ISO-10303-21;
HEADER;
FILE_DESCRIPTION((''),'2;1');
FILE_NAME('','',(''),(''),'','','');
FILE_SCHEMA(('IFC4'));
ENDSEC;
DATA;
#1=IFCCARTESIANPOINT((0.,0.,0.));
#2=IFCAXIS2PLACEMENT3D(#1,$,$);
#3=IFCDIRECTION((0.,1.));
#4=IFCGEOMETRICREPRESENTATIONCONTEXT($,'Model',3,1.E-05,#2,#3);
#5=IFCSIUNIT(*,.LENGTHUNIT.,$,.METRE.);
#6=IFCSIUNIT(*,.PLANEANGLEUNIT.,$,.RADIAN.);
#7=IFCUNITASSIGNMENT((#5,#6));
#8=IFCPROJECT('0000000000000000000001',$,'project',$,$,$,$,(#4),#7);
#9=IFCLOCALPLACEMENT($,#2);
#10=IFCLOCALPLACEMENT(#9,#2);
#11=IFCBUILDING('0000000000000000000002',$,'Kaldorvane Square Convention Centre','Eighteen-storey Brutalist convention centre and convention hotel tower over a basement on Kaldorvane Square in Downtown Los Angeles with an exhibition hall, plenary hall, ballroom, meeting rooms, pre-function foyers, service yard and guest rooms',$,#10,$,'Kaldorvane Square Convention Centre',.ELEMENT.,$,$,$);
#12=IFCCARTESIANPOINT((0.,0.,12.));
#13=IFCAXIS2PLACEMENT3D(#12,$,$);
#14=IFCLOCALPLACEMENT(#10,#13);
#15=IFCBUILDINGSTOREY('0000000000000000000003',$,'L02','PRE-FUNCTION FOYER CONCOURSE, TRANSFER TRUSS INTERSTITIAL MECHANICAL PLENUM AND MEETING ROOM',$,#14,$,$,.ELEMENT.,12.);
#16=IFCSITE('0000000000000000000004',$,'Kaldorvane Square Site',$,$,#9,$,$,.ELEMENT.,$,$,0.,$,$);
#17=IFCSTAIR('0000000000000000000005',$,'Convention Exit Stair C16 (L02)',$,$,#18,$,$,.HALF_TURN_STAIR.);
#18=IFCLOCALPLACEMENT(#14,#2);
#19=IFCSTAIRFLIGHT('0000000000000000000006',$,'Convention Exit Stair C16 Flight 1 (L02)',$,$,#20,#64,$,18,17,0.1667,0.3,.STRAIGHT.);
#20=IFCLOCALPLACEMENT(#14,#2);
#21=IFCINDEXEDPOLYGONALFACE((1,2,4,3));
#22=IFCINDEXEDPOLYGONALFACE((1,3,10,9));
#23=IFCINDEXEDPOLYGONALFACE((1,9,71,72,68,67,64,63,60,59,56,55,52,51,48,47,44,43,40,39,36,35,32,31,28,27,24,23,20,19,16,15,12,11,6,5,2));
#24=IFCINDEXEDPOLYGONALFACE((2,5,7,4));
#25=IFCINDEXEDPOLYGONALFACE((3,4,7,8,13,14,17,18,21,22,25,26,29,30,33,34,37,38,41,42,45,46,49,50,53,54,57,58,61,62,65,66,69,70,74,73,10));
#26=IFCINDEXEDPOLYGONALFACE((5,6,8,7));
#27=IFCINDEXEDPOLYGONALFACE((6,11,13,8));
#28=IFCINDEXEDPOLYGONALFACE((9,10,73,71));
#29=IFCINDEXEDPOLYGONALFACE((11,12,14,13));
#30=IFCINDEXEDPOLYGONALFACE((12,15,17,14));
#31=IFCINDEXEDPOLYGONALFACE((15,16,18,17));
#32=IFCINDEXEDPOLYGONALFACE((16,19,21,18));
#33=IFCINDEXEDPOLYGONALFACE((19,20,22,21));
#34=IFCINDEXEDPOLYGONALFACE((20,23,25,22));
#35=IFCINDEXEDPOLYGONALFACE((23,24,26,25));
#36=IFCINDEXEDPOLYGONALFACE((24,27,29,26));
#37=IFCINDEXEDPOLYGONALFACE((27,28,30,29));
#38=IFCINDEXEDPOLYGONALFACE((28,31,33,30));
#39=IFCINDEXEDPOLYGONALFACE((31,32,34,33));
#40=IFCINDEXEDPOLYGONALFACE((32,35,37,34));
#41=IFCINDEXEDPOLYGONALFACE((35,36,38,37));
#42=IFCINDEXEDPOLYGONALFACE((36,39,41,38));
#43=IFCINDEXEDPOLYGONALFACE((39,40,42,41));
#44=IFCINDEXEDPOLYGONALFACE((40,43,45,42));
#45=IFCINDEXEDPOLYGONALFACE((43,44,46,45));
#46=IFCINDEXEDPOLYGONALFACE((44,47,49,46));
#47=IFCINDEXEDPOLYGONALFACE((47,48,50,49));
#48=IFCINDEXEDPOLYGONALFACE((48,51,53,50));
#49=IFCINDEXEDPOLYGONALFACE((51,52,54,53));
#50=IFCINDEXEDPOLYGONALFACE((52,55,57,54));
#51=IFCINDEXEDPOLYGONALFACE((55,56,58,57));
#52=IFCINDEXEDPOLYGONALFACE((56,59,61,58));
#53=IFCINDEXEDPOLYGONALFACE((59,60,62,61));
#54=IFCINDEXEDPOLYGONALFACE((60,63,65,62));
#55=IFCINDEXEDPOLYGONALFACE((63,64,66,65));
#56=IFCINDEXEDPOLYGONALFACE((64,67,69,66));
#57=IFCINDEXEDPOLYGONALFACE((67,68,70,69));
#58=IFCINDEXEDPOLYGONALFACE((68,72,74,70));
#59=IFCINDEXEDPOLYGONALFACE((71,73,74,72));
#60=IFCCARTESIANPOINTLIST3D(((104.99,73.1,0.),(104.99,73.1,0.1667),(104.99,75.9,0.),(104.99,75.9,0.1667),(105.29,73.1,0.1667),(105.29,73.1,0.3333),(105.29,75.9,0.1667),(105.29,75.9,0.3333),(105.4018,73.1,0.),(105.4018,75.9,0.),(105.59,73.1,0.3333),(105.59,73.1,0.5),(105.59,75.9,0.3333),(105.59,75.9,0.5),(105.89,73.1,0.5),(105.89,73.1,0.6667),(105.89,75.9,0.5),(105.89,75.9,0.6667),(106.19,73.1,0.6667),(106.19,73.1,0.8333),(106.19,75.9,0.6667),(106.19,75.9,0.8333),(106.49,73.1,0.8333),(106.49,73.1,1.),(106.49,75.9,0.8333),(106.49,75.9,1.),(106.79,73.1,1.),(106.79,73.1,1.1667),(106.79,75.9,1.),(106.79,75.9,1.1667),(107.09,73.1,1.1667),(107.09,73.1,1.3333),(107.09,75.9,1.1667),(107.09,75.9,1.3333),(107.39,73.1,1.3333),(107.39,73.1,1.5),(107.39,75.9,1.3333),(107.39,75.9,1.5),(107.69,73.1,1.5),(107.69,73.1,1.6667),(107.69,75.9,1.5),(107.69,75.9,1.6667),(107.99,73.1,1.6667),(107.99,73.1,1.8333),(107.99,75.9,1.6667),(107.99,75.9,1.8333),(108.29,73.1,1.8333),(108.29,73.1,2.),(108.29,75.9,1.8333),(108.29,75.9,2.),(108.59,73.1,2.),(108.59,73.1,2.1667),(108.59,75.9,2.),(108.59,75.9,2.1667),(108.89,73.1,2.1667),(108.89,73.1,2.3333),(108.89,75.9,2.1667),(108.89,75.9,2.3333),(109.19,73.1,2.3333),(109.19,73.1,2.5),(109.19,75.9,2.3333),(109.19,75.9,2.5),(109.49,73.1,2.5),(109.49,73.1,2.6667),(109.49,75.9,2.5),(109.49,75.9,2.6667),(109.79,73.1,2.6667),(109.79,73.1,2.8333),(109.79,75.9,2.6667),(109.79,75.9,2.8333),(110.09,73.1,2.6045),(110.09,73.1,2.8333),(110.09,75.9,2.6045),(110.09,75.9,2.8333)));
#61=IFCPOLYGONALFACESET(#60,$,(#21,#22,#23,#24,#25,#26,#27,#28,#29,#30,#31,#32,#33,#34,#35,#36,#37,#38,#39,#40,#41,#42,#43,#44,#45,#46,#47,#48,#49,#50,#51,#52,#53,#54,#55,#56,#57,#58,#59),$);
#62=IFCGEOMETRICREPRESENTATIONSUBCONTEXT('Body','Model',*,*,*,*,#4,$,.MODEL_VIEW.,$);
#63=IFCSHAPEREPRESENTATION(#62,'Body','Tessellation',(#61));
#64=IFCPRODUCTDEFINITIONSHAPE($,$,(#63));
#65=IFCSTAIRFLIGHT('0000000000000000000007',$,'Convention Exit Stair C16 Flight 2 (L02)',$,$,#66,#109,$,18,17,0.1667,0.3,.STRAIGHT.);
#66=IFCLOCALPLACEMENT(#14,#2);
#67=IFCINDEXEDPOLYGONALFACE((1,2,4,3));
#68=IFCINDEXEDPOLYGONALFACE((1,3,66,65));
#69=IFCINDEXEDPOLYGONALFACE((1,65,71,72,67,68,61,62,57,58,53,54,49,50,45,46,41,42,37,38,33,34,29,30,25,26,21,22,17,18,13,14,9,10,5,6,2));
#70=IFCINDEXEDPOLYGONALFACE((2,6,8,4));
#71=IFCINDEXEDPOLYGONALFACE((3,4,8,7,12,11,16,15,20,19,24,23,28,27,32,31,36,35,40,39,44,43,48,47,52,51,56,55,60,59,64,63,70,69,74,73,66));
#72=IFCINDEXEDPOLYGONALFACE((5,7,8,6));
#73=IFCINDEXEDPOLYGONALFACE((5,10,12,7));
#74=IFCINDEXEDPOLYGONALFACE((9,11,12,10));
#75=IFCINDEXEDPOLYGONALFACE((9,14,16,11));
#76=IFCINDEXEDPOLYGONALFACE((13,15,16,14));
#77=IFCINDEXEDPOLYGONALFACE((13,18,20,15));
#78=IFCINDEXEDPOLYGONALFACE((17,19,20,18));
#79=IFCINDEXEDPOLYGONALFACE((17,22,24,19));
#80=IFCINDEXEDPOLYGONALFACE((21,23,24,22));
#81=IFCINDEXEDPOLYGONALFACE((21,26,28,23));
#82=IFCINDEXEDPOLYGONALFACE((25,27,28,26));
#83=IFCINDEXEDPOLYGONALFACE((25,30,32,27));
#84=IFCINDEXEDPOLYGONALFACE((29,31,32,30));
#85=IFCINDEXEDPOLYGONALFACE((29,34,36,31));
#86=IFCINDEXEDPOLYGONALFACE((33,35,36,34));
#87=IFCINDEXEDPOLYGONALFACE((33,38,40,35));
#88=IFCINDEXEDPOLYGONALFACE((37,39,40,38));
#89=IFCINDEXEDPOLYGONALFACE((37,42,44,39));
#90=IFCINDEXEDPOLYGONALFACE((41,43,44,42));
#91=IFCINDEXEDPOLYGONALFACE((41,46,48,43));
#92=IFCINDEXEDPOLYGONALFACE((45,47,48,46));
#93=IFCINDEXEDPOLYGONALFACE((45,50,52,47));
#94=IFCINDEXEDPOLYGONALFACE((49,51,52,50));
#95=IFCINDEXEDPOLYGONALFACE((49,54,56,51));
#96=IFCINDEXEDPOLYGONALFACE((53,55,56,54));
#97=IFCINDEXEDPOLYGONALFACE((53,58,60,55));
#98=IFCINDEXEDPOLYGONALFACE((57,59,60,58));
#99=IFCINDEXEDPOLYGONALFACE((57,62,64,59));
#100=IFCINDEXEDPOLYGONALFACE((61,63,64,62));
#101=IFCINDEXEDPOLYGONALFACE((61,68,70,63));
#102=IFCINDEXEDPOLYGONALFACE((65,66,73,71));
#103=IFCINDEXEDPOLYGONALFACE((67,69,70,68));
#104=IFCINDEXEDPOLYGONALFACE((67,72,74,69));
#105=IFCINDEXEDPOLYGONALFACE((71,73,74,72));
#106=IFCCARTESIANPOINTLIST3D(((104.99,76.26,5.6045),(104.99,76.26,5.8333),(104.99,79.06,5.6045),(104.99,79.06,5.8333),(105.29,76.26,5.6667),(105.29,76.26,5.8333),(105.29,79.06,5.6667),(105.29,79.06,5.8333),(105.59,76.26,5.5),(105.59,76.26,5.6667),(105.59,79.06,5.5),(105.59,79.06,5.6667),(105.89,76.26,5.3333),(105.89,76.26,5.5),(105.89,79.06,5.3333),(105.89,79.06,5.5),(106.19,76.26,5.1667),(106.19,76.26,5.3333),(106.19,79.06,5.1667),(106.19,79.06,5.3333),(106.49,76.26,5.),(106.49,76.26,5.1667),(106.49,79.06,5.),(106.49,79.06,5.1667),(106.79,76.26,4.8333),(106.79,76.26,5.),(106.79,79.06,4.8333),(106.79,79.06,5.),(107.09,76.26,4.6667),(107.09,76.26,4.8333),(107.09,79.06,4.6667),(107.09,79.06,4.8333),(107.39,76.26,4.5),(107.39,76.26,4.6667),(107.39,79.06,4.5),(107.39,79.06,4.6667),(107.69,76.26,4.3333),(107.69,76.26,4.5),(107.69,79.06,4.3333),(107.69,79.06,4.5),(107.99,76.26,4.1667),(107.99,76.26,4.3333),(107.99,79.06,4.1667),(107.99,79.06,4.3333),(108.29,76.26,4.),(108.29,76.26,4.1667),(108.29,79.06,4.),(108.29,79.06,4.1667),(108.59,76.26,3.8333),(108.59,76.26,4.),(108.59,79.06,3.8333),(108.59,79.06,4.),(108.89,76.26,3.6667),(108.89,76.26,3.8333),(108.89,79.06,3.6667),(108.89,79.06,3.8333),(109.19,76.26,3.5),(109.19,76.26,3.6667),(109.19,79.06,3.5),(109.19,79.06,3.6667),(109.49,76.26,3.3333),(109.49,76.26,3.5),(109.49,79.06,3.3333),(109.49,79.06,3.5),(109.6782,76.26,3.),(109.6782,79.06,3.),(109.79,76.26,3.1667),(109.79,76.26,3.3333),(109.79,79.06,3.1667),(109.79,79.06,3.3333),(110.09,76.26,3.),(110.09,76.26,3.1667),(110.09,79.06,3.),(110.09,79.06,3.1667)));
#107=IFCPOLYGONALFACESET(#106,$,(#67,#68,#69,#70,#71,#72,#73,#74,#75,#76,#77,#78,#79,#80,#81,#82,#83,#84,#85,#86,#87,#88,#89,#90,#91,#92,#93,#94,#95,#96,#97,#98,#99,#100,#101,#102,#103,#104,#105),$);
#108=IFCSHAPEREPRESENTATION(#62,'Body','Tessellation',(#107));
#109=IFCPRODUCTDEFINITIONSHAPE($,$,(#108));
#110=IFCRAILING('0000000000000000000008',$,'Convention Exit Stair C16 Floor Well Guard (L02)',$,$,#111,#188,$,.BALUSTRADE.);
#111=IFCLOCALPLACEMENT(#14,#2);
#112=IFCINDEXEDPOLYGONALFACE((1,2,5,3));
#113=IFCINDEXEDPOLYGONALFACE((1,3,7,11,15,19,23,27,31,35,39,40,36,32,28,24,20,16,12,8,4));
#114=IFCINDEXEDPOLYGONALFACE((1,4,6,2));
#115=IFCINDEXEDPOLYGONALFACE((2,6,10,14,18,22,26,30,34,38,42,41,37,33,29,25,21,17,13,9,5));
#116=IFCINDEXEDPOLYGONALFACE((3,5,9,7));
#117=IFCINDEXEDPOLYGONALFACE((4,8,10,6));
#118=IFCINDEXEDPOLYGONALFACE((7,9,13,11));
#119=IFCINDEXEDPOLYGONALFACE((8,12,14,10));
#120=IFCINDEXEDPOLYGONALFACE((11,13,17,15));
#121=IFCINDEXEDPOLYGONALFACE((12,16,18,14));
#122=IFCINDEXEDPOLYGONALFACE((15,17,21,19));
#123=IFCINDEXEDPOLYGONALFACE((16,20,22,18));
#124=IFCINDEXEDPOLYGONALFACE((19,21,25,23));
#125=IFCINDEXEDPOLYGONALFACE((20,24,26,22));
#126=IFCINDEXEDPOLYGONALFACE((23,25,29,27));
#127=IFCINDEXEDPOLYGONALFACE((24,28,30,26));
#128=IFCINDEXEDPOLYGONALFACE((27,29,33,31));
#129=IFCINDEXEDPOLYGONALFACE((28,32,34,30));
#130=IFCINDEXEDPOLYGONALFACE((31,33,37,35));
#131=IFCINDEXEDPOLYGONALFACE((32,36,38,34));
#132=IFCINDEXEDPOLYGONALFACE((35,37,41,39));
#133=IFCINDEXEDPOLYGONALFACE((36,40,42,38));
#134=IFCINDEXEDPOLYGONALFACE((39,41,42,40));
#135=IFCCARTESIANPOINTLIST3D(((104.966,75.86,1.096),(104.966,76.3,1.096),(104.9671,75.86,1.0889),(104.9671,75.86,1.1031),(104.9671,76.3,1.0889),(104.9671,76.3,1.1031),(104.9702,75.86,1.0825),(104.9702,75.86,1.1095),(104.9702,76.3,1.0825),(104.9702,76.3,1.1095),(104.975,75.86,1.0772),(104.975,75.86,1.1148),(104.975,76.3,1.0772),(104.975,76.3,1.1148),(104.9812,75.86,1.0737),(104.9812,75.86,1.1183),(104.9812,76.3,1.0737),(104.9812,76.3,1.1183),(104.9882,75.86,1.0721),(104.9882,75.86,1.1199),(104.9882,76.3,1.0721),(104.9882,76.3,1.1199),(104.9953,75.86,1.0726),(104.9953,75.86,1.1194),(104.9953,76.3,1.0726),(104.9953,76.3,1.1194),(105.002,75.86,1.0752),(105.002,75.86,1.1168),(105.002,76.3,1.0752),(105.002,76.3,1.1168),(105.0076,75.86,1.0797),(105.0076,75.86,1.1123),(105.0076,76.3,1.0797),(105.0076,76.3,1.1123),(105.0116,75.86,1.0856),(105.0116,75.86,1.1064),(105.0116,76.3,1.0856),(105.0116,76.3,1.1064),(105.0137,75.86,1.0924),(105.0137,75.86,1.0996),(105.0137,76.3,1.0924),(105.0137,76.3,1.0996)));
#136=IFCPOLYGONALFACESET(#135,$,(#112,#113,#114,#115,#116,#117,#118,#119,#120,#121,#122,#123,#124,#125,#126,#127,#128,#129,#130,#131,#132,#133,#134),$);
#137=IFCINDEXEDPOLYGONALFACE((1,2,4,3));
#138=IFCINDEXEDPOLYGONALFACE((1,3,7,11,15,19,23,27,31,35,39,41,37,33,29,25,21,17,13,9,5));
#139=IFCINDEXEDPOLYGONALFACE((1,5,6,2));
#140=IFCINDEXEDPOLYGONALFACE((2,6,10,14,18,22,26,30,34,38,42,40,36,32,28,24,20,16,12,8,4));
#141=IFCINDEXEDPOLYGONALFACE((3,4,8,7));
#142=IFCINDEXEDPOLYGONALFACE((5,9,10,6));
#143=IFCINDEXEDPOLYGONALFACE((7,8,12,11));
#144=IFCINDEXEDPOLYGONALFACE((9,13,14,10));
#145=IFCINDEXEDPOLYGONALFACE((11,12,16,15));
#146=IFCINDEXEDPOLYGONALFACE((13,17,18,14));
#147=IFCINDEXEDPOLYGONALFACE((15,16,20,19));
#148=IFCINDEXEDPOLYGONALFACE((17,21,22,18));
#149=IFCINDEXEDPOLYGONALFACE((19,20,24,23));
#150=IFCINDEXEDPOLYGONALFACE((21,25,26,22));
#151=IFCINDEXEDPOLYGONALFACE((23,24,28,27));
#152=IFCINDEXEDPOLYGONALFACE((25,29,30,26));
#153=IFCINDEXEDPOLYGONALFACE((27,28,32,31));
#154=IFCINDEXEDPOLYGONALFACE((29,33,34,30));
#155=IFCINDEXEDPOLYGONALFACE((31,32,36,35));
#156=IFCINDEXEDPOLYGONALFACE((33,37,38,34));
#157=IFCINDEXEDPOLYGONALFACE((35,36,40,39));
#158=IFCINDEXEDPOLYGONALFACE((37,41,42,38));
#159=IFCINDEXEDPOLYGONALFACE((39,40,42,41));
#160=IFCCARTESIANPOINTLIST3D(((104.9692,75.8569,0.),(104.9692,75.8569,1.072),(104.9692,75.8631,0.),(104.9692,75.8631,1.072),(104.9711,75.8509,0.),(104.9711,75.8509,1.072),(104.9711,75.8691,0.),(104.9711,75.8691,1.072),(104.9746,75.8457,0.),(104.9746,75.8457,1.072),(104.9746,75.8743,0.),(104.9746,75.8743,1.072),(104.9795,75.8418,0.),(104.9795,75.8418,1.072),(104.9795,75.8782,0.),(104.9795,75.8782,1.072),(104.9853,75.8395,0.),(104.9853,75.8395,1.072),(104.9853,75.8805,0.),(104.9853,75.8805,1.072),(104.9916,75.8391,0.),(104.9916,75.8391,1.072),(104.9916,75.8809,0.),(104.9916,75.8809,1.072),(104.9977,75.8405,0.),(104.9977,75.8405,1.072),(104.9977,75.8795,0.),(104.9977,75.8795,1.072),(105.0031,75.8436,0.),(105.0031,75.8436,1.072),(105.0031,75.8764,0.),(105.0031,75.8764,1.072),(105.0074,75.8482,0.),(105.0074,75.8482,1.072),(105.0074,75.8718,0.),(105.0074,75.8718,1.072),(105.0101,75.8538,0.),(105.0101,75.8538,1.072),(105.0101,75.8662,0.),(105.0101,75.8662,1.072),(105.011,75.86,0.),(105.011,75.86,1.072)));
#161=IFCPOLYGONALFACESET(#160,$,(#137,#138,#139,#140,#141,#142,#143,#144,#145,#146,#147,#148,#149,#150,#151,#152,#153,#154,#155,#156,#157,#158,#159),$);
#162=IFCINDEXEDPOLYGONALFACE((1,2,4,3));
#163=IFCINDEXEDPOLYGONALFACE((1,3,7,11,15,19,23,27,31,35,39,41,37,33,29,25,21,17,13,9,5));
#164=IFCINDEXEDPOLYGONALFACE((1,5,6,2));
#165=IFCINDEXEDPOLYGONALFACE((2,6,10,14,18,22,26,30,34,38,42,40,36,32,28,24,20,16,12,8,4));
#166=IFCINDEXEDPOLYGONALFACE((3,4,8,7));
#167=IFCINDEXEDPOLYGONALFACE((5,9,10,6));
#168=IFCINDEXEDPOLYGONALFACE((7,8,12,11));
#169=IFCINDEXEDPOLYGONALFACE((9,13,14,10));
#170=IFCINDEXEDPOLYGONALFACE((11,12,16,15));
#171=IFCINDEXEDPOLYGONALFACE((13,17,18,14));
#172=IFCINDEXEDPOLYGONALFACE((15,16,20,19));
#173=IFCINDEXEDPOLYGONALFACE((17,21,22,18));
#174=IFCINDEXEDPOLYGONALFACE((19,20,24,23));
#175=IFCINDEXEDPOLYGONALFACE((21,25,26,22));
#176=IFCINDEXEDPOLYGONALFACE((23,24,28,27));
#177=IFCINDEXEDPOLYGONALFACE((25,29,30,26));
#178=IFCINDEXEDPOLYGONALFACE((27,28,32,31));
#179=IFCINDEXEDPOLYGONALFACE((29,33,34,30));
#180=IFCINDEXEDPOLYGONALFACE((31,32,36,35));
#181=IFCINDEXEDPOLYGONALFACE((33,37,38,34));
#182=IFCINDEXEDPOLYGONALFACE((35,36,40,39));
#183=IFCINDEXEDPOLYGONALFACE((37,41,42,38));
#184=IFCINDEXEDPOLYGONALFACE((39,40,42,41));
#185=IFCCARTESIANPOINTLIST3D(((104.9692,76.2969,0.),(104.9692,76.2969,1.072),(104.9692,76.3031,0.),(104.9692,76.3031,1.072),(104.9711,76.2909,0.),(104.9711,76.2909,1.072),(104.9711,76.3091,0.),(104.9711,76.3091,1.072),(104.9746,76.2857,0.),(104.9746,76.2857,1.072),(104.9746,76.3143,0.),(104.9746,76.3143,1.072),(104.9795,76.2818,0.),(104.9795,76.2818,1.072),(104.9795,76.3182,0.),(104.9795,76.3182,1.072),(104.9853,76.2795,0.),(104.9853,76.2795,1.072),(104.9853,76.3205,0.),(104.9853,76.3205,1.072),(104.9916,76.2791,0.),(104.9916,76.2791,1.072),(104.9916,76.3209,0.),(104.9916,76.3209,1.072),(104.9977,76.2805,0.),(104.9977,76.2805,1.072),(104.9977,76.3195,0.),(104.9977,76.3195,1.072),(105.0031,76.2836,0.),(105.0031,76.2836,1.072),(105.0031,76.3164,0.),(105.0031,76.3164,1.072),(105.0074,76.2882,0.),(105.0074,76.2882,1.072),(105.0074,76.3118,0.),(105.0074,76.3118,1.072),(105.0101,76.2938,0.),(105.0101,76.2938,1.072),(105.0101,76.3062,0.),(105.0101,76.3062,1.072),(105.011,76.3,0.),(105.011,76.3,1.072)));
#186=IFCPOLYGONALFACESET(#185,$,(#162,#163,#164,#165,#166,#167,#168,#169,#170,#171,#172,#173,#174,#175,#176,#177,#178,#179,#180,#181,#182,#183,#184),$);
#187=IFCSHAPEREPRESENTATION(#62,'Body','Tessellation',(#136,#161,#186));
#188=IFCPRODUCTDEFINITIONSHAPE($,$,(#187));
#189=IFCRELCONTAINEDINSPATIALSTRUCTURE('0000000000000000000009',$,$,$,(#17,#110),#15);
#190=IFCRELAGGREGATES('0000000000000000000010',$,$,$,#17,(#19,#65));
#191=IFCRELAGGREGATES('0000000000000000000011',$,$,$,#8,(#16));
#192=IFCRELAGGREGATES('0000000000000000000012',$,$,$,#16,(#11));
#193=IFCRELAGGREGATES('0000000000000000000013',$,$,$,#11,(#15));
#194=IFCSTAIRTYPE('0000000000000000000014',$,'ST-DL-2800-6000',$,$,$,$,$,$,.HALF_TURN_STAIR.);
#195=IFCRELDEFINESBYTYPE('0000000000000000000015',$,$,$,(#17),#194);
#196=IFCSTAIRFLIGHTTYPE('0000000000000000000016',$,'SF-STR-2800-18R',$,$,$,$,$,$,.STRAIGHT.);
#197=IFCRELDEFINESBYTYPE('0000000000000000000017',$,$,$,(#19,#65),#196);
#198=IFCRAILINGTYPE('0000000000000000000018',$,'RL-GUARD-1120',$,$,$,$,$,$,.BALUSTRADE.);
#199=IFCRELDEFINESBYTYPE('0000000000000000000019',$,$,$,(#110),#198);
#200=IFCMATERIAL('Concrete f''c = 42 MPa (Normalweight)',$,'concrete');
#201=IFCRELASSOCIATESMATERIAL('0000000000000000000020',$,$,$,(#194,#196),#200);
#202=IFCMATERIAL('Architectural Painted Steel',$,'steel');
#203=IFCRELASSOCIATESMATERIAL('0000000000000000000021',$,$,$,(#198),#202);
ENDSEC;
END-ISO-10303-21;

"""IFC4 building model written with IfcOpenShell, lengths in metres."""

from ifc_helpers import new_model, si_unit, direction, frame, origin, origin_2d, place, context, subcontext, project, spatial, polyline, circle, outline, extrude, material, type_object, element, aggregate, save


model = new_model("IFC4")

# Units and contexts
model_context = context("Model", 3, precision=1e-05, world=origin(), true_north=direction((0.0, 1.0)))
body_context = subcontext(model_context, "Body", "Model", "MODEL_VIEW")
ifc_project = project(units=[si_unit("LENGTHUNIT", "METRE"), si_unit("PLANEANGLEUNIT", "RADIAN")], contexts=[model_context])

# Site, building, storey
site_placement = place(None, origin())
site = spatial("IfcSite", under=ifc_project, at=site_placement, Name="Kaldorvane Square Site", CompositionType="ELEMENT", RefElevation=0.0)
building_placement = place(site_placement, origin())
building = spatial("IfcBuilding", under=site, at=building_placement, Name="Kaldorvane Square Convention Centre", Description="Eighteen-storey Brutalist convention centre and convention hotel tower over a basement on Kaldorvane Square in Downtown Los Angeles with an exhibition hall, plenary hall, ballroom, meeting rooms, pre-function foyers, service yard and guest rooms", LongName="Kaldorvane Square Convention Centre", CompositionType="ELEMENT")
storey_placement = place(building_placement, frame((0.0, 0.0, 12.0)))
storey = spatial("IfcBuildingStorey", under=building, at=storey_placement, Name="L02", Description="PRE-FUNCTION FOYER CONCOURSE, TRANSFER TRUSS INTERSTITIAL MECHANICAL PLENUM AND MEETING ROOM", CompositionType="ELEMENT", Elevation=12.0)

# Stair, stair flights
ifc_material_1 = material(Name="Concrete f'c = 42 MPa (Normalweight)", Category="concrete")
stair_type = type_object("IfcStairType", Name="ST-DL-2800-6000", PredefinedType="HALF_TURN_STAIR", material=ifc_material_1)
stair_placement = place(storey_placement, origin())
stair = element("IfcStair", 1, at=stair_placement, inside=storey, type_object=stair_type, Name="Convention Exit Stair C16 (L02)", PredefinedType="HALF_TURN_STAIR")
stair_flight_type = type_object("IfcStairFlightType", Name="SF-STR-2800-18R", PredefinedType="STRAIGHT", material=ifc_material_1)
stair_flight_1_placement = place(storey_placement, frame((104.99, 74.5, 0.0), z_axis=(0.0, 0.0, 1.0), x_axis=(1.0, 0.0, 0.0)))
stair_flight_1 = element("IfcStairFlight", 2, at=stair_flight_1_placement, type_object=stair_flight_type, Name="Convention Exit Stair C16 Flight 1 (L02)", NumberOfRisers=18, NumberOfTreads=17, PredefinedType="STRAIGHT", RiserHeight=0.1667, TreadLength=0.3, context=body_context, shape_type="SweptSolid", body=[
    extrude(outline(polyline([(0.0, 0.0), (0.0, 0.1667), (0.3, 0.1667), (0.3, 0.3333), (0.6, 0.3333), (0.6, 0.5), (0.9, 0.5), (0.9, 0.6667), (1.2, 0.6667), (1.2, 0.8333), (1.5, 0.8333), (1.5, 1.0), (1.8, 1.0), (1.8, 1.1667), (2.1, 1.1667), (2.1, 1.3333), (2.4, 1.3333), (2.4, 1.5), (2.7, 1.5), (2.7, 1.6667), (3.0, 1.6667), (3.0, 1.8333), (3.3, 1.8333), (3.3, 2.0), (3.6, 2.0), (3.6, 2.1667), (3.9, 2.1667), (3.9, 2.3333), (4.2, 2.3333), (4.2, 2.5), (4.5, 2.5), (4.5, 2.6667), (4.8, 2.6667), (4.8, 2.8333), (5.1, 2.8333), (5.1, 3.0), (5.1, 2.6045), (0.4118, 0.0), (0.0, 0.0)])), frame((0.0, 1.4, 0.0), z_axis=(0.0, -1.0, 0.0), x_axis=(1.0, 0.0, 0.0)), (0.0, 0.0, 1.0), 2.8),
])
stair_flight_2_placement = place(storey_placement, frame((110.09, 77.66, 3.0), z_axis=(0.0, 0.0, 1.0), x_axis=(-1.0, 0.0, 0.0)))
stair_flight_2 = element("IfcStairFlight", 3, at=stair_flight_2_placement, type_object=stair_flight_type, Name="Convention Exit Stair C16 Flight 2 (L02)", NumberOfRisers=18, NumberOfTreads=17, PredefinedType="STRAIGHT", RiserHeight=0.1667, TreadLength=0.3, context=body_context, shape_type="SweptSolid", body=[
    extrude(outline(polyline([(0.0, 0.0), (0.0, 0.1667), (0.3, 0.1667), (0.3, 0.3333), (0.6, 0.3333), (0.6, 0.5), (0.9, 0.5), (0.9, 0.6667), (1.2, 0.6667), (1.2, 0.8333), (1.5, 0.8333), (1.5, 1.0), (1.8, 1.0), (1.8, 1.1667), (2.1, 1.1667), (2.1, 1.3333), (2.4, 1.3333), (2.4, 1.5), (2.7, 1.5), (2.7, 1.6667), (3.0, 1.6667), (3.0, 1.8333), (3.3, 1.8333), (3.3, 2.0), (3.6, 2.0), (3.6, 2.1667), (3.9, 2.1667), (3.9, 2.3333), (4.2, 2.3333), (4.2, 2.5), (4.5, 2.5), (4.5, 2.6667), (4.8, 2.6667), (4.8, 2.8333), (5.1, 2.8333), (5.1, 3.0), (5.1, 2.6045), (0.4118, 0.0), (0.0, 0.0)])), frame((0.0, 1.4, 0.0), z_axis=(0.0, -1.0, 0.0), x_axis=(1.0, 0.0, 0.0)), (0.0, 0.0, 1.0), 2.8),
])
aggregate(stair, [stair_flight_1, stair_flight_2])

# Railing
ifc_material_2 = material(Name="Architectural Painted Steel", Category="steel")
railing_type_1 = type_object("IfcRailingType", Name="RL-GUARD-1120", PredefinedType="BALUSTRADE", material=ifc_material_2)
for number, where, name in (
    (4, (104.99, 75.86, 0.0), "Convention Exit Stair C16 Floor Well Guard (L02)"),
):
    element("IfcRailing", number, at=place(storey_placement, frame(where)), inside=storey, type_object=railing_type_1, Name=name, PredefinedType="BALUSTRADE", context=body_context, shape_type="SweptSolid", body=[
        extrude(circle(Radius=0.024, at=origin_2d()), frame((0.0, 0.0, 1.096), z_axis=(0.0, 1.0, 0.0), x_axis=(-1.0, 0.0, 0.0)), (0.0, 0.0, 1.0), 0.44),
        extrude(circle(Radius=0.021, at=origin_2d()), origin(), (0.0, 0.0, 1.0), 1.072),
        extrude(circle(Radius=0.021, at=origin_2d()), frame((0.0, 0.44, 0.0)), (0.0, 0.0, 1.0), 1.072),
    ])

save(model, "model.ifc")
